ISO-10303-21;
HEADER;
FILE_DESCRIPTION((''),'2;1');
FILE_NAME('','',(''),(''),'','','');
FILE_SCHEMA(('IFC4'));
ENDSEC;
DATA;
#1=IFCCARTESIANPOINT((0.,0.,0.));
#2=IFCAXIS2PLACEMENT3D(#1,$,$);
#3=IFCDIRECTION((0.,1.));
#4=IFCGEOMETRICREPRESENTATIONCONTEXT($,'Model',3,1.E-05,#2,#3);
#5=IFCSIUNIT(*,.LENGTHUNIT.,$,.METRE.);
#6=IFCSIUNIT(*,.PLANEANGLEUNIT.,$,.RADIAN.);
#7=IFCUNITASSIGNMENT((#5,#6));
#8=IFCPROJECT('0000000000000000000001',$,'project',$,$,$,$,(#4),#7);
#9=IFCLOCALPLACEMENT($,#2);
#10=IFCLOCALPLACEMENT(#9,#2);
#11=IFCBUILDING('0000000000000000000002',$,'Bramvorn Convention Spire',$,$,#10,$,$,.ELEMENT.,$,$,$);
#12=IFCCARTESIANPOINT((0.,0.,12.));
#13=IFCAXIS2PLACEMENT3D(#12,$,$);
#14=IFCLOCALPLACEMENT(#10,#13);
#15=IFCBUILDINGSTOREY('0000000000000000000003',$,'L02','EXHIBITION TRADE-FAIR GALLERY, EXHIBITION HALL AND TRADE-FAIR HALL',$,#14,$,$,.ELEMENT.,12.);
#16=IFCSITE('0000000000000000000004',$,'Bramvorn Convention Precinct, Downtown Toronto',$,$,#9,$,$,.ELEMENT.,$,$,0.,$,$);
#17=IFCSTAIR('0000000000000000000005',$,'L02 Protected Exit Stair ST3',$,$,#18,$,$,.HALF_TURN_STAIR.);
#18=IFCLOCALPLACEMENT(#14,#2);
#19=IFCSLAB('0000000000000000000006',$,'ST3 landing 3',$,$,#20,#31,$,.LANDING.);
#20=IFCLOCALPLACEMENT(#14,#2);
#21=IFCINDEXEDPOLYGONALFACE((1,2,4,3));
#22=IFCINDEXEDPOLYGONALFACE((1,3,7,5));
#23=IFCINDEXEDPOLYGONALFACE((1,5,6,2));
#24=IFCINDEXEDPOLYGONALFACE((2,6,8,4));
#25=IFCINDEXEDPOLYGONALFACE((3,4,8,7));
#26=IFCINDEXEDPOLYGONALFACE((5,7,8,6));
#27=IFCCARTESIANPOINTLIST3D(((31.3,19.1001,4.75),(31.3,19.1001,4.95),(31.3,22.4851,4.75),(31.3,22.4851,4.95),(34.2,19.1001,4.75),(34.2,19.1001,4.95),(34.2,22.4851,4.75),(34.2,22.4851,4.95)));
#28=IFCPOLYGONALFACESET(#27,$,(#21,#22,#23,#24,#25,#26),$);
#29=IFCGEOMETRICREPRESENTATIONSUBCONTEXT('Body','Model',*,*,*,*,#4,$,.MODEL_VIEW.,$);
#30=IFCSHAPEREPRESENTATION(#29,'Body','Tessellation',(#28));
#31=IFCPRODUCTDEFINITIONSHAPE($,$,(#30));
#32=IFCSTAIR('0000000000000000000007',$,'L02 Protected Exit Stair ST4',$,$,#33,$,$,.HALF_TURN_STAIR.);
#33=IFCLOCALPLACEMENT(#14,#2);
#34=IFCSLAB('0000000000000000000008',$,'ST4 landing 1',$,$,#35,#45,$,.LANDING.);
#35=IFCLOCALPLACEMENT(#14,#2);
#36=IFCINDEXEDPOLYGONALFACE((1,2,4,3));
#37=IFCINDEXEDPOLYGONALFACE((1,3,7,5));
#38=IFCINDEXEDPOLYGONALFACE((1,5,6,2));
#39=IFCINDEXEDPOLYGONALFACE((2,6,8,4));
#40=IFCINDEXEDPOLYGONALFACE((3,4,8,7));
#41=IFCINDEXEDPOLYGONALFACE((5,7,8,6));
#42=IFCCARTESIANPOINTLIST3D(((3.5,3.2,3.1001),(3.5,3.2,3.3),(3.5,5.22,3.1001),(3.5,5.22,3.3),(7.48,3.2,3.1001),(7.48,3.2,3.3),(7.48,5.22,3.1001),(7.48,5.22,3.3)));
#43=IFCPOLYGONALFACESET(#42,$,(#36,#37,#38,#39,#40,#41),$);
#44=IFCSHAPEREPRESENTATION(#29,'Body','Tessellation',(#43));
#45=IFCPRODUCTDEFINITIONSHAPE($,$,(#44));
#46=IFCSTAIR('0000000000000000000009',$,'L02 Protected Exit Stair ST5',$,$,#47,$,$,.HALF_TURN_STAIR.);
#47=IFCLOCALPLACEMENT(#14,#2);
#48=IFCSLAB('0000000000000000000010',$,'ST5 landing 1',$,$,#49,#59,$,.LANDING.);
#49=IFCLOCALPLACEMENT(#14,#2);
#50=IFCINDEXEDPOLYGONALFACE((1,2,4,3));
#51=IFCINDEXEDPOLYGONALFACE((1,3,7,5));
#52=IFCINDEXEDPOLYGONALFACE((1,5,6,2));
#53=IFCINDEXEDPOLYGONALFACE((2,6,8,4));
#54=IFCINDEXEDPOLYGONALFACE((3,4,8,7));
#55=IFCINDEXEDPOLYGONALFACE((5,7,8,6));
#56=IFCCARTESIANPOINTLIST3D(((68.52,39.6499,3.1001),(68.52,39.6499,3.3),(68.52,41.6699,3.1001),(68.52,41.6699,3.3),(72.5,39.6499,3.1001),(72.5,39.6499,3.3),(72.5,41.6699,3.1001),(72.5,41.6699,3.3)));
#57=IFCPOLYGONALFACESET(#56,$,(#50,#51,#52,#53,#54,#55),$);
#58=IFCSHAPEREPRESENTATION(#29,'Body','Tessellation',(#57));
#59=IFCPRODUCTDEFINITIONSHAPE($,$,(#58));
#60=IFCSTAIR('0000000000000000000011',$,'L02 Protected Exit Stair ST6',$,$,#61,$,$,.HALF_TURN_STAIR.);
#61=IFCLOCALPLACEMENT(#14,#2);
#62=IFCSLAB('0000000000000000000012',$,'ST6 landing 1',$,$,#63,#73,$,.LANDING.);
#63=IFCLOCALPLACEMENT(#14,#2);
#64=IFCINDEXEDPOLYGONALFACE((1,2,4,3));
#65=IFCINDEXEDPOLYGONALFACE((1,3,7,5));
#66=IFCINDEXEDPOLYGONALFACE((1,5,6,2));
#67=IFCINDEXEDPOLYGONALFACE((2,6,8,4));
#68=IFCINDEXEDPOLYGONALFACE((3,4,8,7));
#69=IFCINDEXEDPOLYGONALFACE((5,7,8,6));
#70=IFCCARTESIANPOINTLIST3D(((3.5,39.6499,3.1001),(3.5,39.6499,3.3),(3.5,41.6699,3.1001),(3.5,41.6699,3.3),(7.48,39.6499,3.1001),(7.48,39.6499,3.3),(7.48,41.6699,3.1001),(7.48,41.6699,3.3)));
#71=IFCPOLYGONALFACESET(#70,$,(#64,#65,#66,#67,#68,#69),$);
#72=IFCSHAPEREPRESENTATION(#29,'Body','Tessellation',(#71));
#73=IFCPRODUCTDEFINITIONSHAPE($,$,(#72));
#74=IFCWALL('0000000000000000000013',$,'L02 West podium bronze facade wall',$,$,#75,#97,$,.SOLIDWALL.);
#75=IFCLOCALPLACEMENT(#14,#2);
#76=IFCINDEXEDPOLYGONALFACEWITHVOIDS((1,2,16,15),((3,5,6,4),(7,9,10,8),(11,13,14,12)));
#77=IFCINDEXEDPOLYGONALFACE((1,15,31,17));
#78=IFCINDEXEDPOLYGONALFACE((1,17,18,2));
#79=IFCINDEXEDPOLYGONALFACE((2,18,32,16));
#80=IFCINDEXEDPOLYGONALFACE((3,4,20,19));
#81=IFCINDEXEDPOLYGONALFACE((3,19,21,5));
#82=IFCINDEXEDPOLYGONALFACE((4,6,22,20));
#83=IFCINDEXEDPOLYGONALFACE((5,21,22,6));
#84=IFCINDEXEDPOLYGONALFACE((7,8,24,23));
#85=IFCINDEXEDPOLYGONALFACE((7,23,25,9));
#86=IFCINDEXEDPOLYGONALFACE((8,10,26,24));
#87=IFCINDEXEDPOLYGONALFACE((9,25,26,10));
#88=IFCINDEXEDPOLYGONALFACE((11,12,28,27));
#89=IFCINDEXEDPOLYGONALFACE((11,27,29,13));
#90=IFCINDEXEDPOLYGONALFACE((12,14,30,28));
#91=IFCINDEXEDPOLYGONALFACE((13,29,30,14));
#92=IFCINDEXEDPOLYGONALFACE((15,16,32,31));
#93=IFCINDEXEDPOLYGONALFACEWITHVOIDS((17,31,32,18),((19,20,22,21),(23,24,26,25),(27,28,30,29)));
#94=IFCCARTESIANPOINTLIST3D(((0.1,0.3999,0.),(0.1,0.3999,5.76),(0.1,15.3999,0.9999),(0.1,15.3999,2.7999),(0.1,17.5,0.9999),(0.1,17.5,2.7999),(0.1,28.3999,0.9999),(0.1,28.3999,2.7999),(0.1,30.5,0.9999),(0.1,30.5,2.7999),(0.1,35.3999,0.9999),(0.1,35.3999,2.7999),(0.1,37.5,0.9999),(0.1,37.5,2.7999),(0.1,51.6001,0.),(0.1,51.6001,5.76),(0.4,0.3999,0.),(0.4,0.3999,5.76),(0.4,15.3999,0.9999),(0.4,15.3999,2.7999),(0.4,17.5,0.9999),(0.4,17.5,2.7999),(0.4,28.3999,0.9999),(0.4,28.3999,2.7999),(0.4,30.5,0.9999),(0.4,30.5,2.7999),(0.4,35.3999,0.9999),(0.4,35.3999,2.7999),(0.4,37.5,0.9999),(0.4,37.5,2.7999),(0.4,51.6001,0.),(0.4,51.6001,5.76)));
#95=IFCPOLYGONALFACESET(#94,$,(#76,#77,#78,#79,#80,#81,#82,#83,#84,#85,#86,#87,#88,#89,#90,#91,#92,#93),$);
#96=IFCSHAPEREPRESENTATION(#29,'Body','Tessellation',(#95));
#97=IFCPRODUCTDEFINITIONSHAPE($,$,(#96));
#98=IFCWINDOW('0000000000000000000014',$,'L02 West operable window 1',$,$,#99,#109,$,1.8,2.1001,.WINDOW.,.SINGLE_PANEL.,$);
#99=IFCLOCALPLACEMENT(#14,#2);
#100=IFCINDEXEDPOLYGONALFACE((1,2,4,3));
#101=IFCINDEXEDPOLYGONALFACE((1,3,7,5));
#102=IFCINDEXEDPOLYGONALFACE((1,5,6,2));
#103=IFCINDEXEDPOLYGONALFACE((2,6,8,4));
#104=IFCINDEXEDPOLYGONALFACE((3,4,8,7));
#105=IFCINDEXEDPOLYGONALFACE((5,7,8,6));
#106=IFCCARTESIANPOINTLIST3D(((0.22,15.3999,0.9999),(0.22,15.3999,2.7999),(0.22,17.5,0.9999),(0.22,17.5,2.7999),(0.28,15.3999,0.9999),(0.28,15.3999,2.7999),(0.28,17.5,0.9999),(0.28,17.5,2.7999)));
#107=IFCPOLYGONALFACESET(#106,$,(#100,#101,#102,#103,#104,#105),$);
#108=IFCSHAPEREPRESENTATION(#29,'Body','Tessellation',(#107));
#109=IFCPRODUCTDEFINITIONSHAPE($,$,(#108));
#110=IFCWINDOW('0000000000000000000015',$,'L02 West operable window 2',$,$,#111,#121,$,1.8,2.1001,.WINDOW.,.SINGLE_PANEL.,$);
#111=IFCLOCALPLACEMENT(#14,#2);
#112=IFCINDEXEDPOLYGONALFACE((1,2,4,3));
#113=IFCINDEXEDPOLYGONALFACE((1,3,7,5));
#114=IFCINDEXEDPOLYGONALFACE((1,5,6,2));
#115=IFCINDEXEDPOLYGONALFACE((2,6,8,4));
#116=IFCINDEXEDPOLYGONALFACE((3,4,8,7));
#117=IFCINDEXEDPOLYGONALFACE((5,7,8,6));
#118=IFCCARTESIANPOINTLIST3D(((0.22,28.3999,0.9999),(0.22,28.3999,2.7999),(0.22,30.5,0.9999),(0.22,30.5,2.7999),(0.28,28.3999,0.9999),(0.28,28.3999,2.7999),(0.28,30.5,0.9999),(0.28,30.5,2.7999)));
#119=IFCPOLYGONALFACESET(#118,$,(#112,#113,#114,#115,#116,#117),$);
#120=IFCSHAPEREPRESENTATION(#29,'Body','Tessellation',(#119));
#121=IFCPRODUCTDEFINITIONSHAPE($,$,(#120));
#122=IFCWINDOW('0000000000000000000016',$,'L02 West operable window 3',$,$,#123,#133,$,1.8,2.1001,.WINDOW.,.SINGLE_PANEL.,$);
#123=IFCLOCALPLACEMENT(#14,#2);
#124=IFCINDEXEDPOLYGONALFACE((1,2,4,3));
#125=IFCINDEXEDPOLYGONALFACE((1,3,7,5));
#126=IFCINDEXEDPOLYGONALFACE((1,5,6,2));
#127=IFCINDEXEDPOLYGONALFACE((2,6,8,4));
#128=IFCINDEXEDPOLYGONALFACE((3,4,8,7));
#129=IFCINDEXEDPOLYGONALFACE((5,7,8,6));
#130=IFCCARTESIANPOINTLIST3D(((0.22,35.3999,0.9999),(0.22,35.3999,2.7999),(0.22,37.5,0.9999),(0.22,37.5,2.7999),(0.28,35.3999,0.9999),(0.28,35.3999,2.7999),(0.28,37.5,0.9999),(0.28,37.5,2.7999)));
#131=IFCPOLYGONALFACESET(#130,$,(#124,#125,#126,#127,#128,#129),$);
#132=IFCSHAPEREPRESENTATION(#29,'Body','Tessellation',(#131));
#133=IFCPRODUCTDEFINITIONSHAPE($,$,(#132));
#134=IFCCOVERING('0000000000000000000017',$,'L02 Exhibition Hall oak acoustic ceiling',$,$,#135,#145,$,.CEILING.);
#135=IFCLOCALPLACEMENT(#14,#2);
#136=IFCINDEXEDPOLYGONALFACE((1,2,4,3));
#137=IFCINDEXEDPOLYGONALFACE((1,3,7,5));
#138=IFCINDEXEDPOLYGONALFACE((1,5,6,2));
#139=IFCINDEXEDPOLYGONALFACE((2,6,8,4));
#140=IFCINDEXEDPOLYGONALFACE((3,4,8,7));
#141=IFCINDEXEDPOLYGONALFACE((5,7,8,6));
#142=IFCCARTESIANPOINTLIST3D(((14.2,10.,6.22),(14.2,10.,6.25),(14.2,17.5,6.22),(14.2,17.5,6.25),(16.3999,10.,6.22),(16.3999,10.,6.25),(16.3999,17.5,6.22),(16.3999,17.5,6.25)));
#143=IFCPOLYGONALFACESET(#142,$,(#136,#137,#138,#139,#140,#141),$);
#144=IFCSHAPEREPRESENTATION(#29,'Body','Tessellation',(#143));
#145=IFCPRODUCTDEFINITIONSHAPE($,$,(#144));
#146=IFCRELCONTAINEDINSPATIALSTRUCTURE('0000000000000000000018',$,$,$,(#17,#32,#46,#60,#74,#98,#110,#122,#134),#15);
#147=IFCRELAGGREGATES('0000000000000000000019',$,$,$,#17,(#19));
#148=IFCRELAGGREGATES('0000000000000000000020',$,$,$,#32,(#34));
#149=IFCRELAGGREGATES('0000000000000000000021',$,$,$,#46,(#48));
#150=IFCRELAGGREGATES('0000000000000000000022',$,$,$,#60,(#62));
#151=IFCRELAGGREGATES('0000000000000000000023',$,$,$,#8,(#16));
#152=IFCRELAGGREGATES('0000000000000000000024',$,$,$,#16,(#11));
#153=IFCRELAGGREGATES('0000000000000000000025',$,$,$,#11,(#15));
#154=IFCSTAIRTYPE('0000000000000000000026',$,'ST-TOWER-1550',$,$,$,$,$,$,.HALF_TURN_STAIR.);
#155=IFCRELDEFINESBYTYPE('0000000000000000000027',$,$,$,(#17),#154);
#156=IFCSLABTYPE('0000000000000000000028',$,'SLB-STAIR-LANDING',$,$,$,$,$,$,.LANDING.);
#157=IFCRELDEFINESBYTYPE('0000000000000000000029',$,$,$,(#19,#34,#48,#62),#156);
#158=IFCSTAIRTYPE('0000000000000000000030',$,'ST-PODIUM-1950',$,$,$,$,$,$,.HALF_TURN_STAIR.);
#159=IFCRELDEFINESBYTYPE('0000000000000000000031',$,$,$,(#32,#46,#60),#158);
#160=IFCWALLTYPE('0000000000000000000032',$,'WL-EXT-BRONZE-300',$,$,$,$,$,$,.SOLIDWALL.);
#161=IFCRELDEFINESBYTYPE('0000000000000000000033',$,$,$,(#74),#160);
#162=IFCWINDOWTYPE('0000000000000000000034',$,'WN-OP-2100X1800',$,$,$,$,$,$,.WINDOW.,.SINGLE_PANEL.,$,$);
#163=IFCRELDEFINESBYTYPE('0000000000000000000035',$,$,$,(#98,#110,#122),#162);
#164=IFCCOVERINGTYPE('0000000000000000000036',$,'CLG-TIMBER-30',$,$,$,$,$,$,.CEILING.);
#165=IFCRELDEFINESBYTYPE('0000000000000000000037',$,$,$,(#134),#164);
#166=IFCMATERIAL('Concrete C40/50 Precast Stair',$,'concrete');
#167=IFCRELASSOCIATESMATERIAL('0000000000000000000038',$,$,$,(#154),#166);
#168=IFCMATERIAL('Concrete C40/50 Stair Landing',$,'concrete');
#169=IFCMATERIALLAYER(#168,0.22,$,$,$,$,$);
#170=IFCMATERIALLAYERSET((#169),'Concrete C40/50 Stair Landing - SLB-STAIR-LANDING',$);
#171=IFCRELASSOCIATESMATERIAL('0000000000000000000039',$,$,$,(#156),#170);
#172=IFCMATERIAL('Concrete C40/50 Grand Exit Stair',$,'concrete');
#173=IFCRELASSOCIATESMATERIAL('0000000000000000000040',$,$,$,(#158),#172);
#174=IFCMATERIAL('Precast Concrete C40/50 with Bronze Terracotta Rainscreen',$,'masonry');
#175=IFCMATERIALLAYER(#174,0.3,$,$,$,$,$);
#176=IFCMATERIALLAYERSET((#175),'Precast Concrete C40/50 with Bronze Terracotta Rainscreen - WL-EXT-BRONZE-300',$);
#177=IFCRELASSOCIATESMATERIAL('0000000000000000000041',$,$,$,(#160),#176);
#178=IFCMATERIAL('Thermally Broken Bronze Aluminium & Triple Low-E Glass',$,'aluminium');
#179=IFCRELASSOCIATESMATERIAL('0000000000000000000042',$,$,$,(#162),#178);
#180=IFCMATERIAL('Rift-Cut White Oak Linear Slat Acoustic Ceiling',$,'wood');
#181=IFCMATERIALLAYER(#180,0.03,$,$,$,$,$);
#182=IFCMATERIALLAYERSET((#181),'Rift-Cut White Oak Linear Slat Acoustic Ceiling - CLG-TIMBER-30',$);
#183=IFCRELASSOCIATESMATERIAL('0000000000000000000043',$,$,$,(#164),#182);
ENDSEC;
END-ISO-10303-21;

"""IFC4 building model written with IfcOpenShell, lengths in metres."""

from ifc_helpers import new_model, si_unit, direction, frame, frame_2d, origin, place, context, subcontext, project, spatial, polyline, rectangle, outline, extrude, material, layer, layer_set, type_object, element, fill, aggregate, save


model = new_model("IFC4")

# Units and contexts
model_context = context("Model", 3, precision=1e-05, world=origin(), true_north=direction((0.0, 1.0)))
body_context = subcontext(model_context, "Body", "Model", "MODEL_VIEW")
ifc_project = project(units=[si_unit("LENGTHUNIT", "METRE"), si_unit("PLANEANGLEUNIT", "RADIAN")], contexts=[model_context])

# Site, building, storey
site_placement = place(None, origin())
site = spatial("IfcSite", under=ifc_project, at=site_placement, Name="Bramvorn Convention Precinct, Downtown Toronto", CompositionType="ELEMENT", RefElevation=0.0)
building_placement = place(site_placement, origin())
building = spatial("IfcBuilding", under=site, at=building_placement, Name="Bramvorn Convention Spire", CompositionType="ELEMENT")
storey_placement = place(building_placement, frame((0.0, 0.0, 12.0)))
storey = spatial("IfcBuildingStorey", under=building, at=storey_placement, Name="L02", Description="EXHIBITION TRADE-FAIR GALLERY, EXHIBITION HALL AND TRADE-FAIR HALL", CompositionType="ELEMENT", Elevation=12.0)

# Stair, slab
ifc_material_1 = material(Name="Concrete C40/50 Precast Stair", Category="concrete")
stair_type_1 = type_object("IfcStairType", Name="ST-TOWER-1550", PredefinedType="HALF_TURN_STAIR", material=ifc_material_1)
ifc_material_2 = material(Name="Concrete C40/50 Stair Landing", Category="concrete")
ifc_layer_1 = layer(ifc_material_2, 0.22)
ifc_layer_set_1 = layer_set([ifc_layer_1], Name="Concrete C40/50 Stair Landing - SLB-STAIR-LANDING")
slab_type_1 = type_object("IfcSlabType", Name="SLB-STAIR-LANDING", PredefinedType="LANDING", material=ifc_layer_set_1)
stair_1_placement = place(storey_placement, origin())
stair_1 = element("IfcStair", 1, at=stair_1_placement, inside=storey, type_object=stair_type_1, Name="L02 Protected Exit Stair ST3", PredefinedType="HALF_TURN_STAIR")
slab_1_placement = place(storey_placement, frame((0.0, 0.0, 4.75)))
slab_1 = element("IfcSlab", 2, at=slab_1_placement, type_object=slab_type_1, Name="ST3 landing 3", PredefinedType="LANDING", context=body_context, shape_type="SweptSolid", body=[
    extrude(outline(polyline([(31.3, 22.4851), (31.3, 19.1001), (34.2, 19.1001), (34.2, 22.4851), (31.3, 22.4851)])), origin(), (0.0, 0.0, 1.0), 0.2),
])
aggregate(stair_1, [slab_1])

# Stairs, slabs
ifc_material_3 = material(Name="Concrete C40/50 Grand Exit Stair", Category="concrete")
stair_type_2 = type_object("IfcStairType", Name="ST-PODIUM-1950", PredefinedType="HALF_TURN_STAIR", material=ifc_material_3)
stair_2_placement = place(storey_placement, origin())
stair_2 = element("IfcStair", 3, at=stair_2_placement, inside=storey, type_object=stair_type_2, Name="L02 Protected Exit Stair ST4", PredefinedType="HALF_TURN_STAIR")
slab_2_placement = place(storey_placement, frame((0.0, 0.0, 3.1001)))
slab_2 = element("IfcSlab", 4, at=slab_2_placement, type_object=slab_type_1, Name="ST4 landing 1", PredefinedType="LANDING", context=body_context, shape_type="SweptSolid", body=[
    extrude(outline(polyline([(3.5, 5.22), (3.5, 3.2), (7.48, 3.2), (7.48, 5.22), (3.5, 5.22)])), origin(), (0.0, 0.0, 1.0), 0.2),
])
aggregate(stair_2, [slab_2])
stair_3_placement = place(storey_placement, origin())
stair_3 = element("IfcStair", 5, at=stair_3_placement, inside=storey, type_object=stair_type_2, Name="L02 Protected Exit Stair ST5", PredefinedType="HALF_TURN_STAIR")
slab_3_placement = place(storey_placement, frame((0.0, 0.0, 3.1001)))
slab_3 = element("IfcSlab", 6, at=slab_3_placement, type_object=slab_type_1, Name="ST5 landing 1", PredefinedType="LANDING", context=body_context, shape_type="SweptSolid", body=[
    extrude(outline(polyline([(68.52, 41.6699), (68.52, 39.6499), (72.5, 39.6499), (72.5, 41.6699), (68.52, 41.6699)])), origin(), (0.0, 0.0, 1.0), 0.2),
])
aggregate(stair_3, [slab_3])
stair_4_placement = place(storey_placement, origin())
stair_4 = element("IfcStair", 7, at=stair_4_placement, inside=storey, type_object=stair_type_2, Name="L02 Protected Exit Stair ST6", PredefinedType="HALF_TURN_STAIR")
slab_4_placement = place(storey_placement, frame((0.0, 0.0, 3.1001)))
slab_4 = element("IfcSlab", 8, at=slab_4_placement, type_object=slab_type_1, Name="ST6 landing 1", PredefinedType="LANDING", context=body_context, shape_type="SweptSolid", body=[
    extrude(outline(polyline([(3.5, 41.6699), (3.5, 39.6499), (7.48, 39.6499), (7.48, 41.6699), (3.5, 41.6699)])), origin(), (0.0, 0.0, 1.0), 0.2),
])
aggregate(stair_4, [slab_4])

# Wall, openings, windows
ifc_material_4 = material(Name="Precast Concrete C40/50 with Bronze Terracotta Rainscreen", Category="masonry")
ifc_layer_2 = layer(ifc_material_4, 0.3)
ifc_layer_set_2 = layer_set([ifc_layer_2], Name="Precast Concrete C40/50 with Bronze Terracotta Rainscreen - WL-EXT-BRONZE-300")
wall_type = type_object("IfcWallType", Name="WL-EXT-BRONZE-300", PredefinedType="SOLIDWALL", material=ifc_layer_set_2)
wall_placement = place(storey_placement, frame((0.25, 0.3999, 0.0), z_axis=(0.0, 0.0, 1.0), x_axis=(0.0, 1.0, 0.0)))
wall = element("IfcWall", 9, at=wall_placement, inside=storey, type_object=wall_type, Name="L02 West podium bronze facade wall", PredefinedType="SOLIDWALL", context=body_context, shape_type="SweptSolid", body=[
    extrude(rectangle(XDim=51.2002, YDim=0.3, at=frame_2d((25.6001, 0.0))), origin(), (0.0, 0.0, 1.0), 5.76),
])
opening_1_placement = place(wall_placement, frame((15.0, 0.0, 1.0)))
opening_1 = element("IfcOpeningElement", 10, at=opening_1_placement, cuts=wall, PredefinedType="OPENING", context=body_context, shape_type="SweptSolid", body=[
    extrude(rectangle(XDim=2.1001, YDim=1.8, at=frame_2d((1.05, 0.8999))), frame((0.0, 0.1599, 0.0), z_axis=(0.0, -1.0, 0.0), x_axis=(1.0, 0.0, 0.0)), (0.0, 0.0, 1.0), 0.3201),
])
opening_2_placement = place(wall_placement, frame((28.0, 0.0, 1.0)))
opening_2 = element("IfcOpeningElement", 11, at=opening_2_placement, cuts=wall, PredefinedType="OPENING", context=body_context, shape_type="SweptSolid", body=[
    extrude(rectangle(XDim=2.1001, YDim=1.8, at=frame_2d((1.05, 0.8999))), frame((0.0, 0.1599, 0.0), z_axis=(0.0, -1.0, 0.0), x_axis=(1.0, 0.0, 0.0)), (0.0, 0.0, 1.0), 0.3201),
])
opening_3_placement = place(wall_placement, frame((35.0, 0.0, 1.0)))
opening_3 = element("IfcOpeningElement", 12, at=opening_3_placement, cuts=wall, PredefinedType="OPENING", context=body_context, shape_type="SweptSolid", body=[
    extrude(rectangle(XDim=2.1001, YDim=1.8, at=frame_2d((1.05, 0.8999))), frame((0.0, 0.1599, 0.0), z_axis=(0.0, -1.0, 0.0), x_axis=(1.0, 0.0, 0.0)), (0.0, 0.0, 1.0), 0.3201),
])
ifc_material_5 = material(Name="Thermally Broken Bronze Aluminium & Triple Low-E Glass", Category="aluminium")
window_type = type_object("IfcWindowType", Name="WN-OP-2100X1800", PartitioningType="SINGLE_PANEL", PredefinedType="WINDOW", material=ifc_material_5)
window_1_placement = place(opening_1_placement, origin())
window_1 = element("IfcWindow", 13, at=window_1_placement, inside=storey, type_object=window_type, Name="L02 West operable window 1", OverallHeight=1.8, OverallWidth=2.1001, PartitioningType="SINGLE_PANEL", PredefinedType="WINDOW", context=body_context, shape_type="SweptSolid", body=[
    extrude(rectangle(XDim=2.1001, YDim=1.8, at=frame_2d((1.05, 0.8999))), frame((0.0, 0.03, 0.0), z_axis=(0.0, -1.0, 0.0), x_axis=(1.0, 0.0, 0.0)), (0.0, 0.0, 1.0), 0.0601),
])
fill(opening_1, window_1)
window_2_placement = place(opening_2_placement, origin())
window_2 = element("IfcWindow", 14, at=window_2_placement, inside=storey, type_object=window_type, Name="L02 West operable window 2", OverallHeight=1.8, OverallWidth=2.1001, PartitioningType="SINGLE_PANEL", PredefinedType="WINDOW", context=body_context, shape_type="SweptSolid", body=[
    extrude(rectangle(XDim=2.1001, YDim=1.8, at=frame_2d((1.05, 0.8999))), frame((0.0, 0.03, 0.0), z_axis=(0.0, -1.0, 0.0), x_axis=(1.0, 0.0, 0.0)), (0.0, 0.0, 1.0), 0.0601),
])
fill(opening_2, window_2)
window_3_placement = place(opening_3_placement, origin())
window_3 = element("IfcWindow", 15, at=window_3_placement, inside=storey, type_object=window_type, Name="L02 West operable window 3", OverallHeight=1.8, OverallWidth=2.1001, PartitioningType="SINGLE_PANEL", PredefinedType="WINDOW", context=body_context, shape_type="SweptSolid", body=[
    extrude(rectangle(XDim=2.1001, YDim=1.8, at=frame_2d((1.05, 0.8999))), frame((0.0, 0.03, 0.0), z_axis=(0.0, -1.0, 0.0), x_axis=(1.0, 0.0, 0.0)), (0.0, 0.0, 1.0), 0.0601),
])
fill(opening_3, window_3)

# Covering
ifc_material_6 = material(Name="Rift-Cut White Oak Linear Slat Acoustic Ceiling", Category="wood")
ifc_layer_3 = layer(ifc_material_6, 0.03)
ifc_layer_set_3 = layer_set([ifc_layer_3], Name="Rift-Cut White Oak Linear Slat Acoustic Ceiling - CLG-TIMBER-30")
covering_type = type_object("IfcCoveringType", Name="CLG-TIMBER-30", PredefinedType="CEILING", material=ifc_layer_set_3)
covering_placement = place(storey_placement, frame((0.0, 0.0, 6.22)))
element("IfcCovering", 16, at=covering_placement, inside=storey, type_object=covering_type, Name="L02 Exhibition Hall oak acoustic ceiling", PredefinedType="CEILING", context=body_context, shape_type="SweptSolid", body=[
    extrude(outline(polyline([(14.2, 10.0), (16.3999, 10.0), (16.3999, 17.5), (14.2, 17.5), (14.2, 10.0)])), origin(), (0.0, 0.0, 1.0), 0.03),
])

save(model, "model.ifc")
